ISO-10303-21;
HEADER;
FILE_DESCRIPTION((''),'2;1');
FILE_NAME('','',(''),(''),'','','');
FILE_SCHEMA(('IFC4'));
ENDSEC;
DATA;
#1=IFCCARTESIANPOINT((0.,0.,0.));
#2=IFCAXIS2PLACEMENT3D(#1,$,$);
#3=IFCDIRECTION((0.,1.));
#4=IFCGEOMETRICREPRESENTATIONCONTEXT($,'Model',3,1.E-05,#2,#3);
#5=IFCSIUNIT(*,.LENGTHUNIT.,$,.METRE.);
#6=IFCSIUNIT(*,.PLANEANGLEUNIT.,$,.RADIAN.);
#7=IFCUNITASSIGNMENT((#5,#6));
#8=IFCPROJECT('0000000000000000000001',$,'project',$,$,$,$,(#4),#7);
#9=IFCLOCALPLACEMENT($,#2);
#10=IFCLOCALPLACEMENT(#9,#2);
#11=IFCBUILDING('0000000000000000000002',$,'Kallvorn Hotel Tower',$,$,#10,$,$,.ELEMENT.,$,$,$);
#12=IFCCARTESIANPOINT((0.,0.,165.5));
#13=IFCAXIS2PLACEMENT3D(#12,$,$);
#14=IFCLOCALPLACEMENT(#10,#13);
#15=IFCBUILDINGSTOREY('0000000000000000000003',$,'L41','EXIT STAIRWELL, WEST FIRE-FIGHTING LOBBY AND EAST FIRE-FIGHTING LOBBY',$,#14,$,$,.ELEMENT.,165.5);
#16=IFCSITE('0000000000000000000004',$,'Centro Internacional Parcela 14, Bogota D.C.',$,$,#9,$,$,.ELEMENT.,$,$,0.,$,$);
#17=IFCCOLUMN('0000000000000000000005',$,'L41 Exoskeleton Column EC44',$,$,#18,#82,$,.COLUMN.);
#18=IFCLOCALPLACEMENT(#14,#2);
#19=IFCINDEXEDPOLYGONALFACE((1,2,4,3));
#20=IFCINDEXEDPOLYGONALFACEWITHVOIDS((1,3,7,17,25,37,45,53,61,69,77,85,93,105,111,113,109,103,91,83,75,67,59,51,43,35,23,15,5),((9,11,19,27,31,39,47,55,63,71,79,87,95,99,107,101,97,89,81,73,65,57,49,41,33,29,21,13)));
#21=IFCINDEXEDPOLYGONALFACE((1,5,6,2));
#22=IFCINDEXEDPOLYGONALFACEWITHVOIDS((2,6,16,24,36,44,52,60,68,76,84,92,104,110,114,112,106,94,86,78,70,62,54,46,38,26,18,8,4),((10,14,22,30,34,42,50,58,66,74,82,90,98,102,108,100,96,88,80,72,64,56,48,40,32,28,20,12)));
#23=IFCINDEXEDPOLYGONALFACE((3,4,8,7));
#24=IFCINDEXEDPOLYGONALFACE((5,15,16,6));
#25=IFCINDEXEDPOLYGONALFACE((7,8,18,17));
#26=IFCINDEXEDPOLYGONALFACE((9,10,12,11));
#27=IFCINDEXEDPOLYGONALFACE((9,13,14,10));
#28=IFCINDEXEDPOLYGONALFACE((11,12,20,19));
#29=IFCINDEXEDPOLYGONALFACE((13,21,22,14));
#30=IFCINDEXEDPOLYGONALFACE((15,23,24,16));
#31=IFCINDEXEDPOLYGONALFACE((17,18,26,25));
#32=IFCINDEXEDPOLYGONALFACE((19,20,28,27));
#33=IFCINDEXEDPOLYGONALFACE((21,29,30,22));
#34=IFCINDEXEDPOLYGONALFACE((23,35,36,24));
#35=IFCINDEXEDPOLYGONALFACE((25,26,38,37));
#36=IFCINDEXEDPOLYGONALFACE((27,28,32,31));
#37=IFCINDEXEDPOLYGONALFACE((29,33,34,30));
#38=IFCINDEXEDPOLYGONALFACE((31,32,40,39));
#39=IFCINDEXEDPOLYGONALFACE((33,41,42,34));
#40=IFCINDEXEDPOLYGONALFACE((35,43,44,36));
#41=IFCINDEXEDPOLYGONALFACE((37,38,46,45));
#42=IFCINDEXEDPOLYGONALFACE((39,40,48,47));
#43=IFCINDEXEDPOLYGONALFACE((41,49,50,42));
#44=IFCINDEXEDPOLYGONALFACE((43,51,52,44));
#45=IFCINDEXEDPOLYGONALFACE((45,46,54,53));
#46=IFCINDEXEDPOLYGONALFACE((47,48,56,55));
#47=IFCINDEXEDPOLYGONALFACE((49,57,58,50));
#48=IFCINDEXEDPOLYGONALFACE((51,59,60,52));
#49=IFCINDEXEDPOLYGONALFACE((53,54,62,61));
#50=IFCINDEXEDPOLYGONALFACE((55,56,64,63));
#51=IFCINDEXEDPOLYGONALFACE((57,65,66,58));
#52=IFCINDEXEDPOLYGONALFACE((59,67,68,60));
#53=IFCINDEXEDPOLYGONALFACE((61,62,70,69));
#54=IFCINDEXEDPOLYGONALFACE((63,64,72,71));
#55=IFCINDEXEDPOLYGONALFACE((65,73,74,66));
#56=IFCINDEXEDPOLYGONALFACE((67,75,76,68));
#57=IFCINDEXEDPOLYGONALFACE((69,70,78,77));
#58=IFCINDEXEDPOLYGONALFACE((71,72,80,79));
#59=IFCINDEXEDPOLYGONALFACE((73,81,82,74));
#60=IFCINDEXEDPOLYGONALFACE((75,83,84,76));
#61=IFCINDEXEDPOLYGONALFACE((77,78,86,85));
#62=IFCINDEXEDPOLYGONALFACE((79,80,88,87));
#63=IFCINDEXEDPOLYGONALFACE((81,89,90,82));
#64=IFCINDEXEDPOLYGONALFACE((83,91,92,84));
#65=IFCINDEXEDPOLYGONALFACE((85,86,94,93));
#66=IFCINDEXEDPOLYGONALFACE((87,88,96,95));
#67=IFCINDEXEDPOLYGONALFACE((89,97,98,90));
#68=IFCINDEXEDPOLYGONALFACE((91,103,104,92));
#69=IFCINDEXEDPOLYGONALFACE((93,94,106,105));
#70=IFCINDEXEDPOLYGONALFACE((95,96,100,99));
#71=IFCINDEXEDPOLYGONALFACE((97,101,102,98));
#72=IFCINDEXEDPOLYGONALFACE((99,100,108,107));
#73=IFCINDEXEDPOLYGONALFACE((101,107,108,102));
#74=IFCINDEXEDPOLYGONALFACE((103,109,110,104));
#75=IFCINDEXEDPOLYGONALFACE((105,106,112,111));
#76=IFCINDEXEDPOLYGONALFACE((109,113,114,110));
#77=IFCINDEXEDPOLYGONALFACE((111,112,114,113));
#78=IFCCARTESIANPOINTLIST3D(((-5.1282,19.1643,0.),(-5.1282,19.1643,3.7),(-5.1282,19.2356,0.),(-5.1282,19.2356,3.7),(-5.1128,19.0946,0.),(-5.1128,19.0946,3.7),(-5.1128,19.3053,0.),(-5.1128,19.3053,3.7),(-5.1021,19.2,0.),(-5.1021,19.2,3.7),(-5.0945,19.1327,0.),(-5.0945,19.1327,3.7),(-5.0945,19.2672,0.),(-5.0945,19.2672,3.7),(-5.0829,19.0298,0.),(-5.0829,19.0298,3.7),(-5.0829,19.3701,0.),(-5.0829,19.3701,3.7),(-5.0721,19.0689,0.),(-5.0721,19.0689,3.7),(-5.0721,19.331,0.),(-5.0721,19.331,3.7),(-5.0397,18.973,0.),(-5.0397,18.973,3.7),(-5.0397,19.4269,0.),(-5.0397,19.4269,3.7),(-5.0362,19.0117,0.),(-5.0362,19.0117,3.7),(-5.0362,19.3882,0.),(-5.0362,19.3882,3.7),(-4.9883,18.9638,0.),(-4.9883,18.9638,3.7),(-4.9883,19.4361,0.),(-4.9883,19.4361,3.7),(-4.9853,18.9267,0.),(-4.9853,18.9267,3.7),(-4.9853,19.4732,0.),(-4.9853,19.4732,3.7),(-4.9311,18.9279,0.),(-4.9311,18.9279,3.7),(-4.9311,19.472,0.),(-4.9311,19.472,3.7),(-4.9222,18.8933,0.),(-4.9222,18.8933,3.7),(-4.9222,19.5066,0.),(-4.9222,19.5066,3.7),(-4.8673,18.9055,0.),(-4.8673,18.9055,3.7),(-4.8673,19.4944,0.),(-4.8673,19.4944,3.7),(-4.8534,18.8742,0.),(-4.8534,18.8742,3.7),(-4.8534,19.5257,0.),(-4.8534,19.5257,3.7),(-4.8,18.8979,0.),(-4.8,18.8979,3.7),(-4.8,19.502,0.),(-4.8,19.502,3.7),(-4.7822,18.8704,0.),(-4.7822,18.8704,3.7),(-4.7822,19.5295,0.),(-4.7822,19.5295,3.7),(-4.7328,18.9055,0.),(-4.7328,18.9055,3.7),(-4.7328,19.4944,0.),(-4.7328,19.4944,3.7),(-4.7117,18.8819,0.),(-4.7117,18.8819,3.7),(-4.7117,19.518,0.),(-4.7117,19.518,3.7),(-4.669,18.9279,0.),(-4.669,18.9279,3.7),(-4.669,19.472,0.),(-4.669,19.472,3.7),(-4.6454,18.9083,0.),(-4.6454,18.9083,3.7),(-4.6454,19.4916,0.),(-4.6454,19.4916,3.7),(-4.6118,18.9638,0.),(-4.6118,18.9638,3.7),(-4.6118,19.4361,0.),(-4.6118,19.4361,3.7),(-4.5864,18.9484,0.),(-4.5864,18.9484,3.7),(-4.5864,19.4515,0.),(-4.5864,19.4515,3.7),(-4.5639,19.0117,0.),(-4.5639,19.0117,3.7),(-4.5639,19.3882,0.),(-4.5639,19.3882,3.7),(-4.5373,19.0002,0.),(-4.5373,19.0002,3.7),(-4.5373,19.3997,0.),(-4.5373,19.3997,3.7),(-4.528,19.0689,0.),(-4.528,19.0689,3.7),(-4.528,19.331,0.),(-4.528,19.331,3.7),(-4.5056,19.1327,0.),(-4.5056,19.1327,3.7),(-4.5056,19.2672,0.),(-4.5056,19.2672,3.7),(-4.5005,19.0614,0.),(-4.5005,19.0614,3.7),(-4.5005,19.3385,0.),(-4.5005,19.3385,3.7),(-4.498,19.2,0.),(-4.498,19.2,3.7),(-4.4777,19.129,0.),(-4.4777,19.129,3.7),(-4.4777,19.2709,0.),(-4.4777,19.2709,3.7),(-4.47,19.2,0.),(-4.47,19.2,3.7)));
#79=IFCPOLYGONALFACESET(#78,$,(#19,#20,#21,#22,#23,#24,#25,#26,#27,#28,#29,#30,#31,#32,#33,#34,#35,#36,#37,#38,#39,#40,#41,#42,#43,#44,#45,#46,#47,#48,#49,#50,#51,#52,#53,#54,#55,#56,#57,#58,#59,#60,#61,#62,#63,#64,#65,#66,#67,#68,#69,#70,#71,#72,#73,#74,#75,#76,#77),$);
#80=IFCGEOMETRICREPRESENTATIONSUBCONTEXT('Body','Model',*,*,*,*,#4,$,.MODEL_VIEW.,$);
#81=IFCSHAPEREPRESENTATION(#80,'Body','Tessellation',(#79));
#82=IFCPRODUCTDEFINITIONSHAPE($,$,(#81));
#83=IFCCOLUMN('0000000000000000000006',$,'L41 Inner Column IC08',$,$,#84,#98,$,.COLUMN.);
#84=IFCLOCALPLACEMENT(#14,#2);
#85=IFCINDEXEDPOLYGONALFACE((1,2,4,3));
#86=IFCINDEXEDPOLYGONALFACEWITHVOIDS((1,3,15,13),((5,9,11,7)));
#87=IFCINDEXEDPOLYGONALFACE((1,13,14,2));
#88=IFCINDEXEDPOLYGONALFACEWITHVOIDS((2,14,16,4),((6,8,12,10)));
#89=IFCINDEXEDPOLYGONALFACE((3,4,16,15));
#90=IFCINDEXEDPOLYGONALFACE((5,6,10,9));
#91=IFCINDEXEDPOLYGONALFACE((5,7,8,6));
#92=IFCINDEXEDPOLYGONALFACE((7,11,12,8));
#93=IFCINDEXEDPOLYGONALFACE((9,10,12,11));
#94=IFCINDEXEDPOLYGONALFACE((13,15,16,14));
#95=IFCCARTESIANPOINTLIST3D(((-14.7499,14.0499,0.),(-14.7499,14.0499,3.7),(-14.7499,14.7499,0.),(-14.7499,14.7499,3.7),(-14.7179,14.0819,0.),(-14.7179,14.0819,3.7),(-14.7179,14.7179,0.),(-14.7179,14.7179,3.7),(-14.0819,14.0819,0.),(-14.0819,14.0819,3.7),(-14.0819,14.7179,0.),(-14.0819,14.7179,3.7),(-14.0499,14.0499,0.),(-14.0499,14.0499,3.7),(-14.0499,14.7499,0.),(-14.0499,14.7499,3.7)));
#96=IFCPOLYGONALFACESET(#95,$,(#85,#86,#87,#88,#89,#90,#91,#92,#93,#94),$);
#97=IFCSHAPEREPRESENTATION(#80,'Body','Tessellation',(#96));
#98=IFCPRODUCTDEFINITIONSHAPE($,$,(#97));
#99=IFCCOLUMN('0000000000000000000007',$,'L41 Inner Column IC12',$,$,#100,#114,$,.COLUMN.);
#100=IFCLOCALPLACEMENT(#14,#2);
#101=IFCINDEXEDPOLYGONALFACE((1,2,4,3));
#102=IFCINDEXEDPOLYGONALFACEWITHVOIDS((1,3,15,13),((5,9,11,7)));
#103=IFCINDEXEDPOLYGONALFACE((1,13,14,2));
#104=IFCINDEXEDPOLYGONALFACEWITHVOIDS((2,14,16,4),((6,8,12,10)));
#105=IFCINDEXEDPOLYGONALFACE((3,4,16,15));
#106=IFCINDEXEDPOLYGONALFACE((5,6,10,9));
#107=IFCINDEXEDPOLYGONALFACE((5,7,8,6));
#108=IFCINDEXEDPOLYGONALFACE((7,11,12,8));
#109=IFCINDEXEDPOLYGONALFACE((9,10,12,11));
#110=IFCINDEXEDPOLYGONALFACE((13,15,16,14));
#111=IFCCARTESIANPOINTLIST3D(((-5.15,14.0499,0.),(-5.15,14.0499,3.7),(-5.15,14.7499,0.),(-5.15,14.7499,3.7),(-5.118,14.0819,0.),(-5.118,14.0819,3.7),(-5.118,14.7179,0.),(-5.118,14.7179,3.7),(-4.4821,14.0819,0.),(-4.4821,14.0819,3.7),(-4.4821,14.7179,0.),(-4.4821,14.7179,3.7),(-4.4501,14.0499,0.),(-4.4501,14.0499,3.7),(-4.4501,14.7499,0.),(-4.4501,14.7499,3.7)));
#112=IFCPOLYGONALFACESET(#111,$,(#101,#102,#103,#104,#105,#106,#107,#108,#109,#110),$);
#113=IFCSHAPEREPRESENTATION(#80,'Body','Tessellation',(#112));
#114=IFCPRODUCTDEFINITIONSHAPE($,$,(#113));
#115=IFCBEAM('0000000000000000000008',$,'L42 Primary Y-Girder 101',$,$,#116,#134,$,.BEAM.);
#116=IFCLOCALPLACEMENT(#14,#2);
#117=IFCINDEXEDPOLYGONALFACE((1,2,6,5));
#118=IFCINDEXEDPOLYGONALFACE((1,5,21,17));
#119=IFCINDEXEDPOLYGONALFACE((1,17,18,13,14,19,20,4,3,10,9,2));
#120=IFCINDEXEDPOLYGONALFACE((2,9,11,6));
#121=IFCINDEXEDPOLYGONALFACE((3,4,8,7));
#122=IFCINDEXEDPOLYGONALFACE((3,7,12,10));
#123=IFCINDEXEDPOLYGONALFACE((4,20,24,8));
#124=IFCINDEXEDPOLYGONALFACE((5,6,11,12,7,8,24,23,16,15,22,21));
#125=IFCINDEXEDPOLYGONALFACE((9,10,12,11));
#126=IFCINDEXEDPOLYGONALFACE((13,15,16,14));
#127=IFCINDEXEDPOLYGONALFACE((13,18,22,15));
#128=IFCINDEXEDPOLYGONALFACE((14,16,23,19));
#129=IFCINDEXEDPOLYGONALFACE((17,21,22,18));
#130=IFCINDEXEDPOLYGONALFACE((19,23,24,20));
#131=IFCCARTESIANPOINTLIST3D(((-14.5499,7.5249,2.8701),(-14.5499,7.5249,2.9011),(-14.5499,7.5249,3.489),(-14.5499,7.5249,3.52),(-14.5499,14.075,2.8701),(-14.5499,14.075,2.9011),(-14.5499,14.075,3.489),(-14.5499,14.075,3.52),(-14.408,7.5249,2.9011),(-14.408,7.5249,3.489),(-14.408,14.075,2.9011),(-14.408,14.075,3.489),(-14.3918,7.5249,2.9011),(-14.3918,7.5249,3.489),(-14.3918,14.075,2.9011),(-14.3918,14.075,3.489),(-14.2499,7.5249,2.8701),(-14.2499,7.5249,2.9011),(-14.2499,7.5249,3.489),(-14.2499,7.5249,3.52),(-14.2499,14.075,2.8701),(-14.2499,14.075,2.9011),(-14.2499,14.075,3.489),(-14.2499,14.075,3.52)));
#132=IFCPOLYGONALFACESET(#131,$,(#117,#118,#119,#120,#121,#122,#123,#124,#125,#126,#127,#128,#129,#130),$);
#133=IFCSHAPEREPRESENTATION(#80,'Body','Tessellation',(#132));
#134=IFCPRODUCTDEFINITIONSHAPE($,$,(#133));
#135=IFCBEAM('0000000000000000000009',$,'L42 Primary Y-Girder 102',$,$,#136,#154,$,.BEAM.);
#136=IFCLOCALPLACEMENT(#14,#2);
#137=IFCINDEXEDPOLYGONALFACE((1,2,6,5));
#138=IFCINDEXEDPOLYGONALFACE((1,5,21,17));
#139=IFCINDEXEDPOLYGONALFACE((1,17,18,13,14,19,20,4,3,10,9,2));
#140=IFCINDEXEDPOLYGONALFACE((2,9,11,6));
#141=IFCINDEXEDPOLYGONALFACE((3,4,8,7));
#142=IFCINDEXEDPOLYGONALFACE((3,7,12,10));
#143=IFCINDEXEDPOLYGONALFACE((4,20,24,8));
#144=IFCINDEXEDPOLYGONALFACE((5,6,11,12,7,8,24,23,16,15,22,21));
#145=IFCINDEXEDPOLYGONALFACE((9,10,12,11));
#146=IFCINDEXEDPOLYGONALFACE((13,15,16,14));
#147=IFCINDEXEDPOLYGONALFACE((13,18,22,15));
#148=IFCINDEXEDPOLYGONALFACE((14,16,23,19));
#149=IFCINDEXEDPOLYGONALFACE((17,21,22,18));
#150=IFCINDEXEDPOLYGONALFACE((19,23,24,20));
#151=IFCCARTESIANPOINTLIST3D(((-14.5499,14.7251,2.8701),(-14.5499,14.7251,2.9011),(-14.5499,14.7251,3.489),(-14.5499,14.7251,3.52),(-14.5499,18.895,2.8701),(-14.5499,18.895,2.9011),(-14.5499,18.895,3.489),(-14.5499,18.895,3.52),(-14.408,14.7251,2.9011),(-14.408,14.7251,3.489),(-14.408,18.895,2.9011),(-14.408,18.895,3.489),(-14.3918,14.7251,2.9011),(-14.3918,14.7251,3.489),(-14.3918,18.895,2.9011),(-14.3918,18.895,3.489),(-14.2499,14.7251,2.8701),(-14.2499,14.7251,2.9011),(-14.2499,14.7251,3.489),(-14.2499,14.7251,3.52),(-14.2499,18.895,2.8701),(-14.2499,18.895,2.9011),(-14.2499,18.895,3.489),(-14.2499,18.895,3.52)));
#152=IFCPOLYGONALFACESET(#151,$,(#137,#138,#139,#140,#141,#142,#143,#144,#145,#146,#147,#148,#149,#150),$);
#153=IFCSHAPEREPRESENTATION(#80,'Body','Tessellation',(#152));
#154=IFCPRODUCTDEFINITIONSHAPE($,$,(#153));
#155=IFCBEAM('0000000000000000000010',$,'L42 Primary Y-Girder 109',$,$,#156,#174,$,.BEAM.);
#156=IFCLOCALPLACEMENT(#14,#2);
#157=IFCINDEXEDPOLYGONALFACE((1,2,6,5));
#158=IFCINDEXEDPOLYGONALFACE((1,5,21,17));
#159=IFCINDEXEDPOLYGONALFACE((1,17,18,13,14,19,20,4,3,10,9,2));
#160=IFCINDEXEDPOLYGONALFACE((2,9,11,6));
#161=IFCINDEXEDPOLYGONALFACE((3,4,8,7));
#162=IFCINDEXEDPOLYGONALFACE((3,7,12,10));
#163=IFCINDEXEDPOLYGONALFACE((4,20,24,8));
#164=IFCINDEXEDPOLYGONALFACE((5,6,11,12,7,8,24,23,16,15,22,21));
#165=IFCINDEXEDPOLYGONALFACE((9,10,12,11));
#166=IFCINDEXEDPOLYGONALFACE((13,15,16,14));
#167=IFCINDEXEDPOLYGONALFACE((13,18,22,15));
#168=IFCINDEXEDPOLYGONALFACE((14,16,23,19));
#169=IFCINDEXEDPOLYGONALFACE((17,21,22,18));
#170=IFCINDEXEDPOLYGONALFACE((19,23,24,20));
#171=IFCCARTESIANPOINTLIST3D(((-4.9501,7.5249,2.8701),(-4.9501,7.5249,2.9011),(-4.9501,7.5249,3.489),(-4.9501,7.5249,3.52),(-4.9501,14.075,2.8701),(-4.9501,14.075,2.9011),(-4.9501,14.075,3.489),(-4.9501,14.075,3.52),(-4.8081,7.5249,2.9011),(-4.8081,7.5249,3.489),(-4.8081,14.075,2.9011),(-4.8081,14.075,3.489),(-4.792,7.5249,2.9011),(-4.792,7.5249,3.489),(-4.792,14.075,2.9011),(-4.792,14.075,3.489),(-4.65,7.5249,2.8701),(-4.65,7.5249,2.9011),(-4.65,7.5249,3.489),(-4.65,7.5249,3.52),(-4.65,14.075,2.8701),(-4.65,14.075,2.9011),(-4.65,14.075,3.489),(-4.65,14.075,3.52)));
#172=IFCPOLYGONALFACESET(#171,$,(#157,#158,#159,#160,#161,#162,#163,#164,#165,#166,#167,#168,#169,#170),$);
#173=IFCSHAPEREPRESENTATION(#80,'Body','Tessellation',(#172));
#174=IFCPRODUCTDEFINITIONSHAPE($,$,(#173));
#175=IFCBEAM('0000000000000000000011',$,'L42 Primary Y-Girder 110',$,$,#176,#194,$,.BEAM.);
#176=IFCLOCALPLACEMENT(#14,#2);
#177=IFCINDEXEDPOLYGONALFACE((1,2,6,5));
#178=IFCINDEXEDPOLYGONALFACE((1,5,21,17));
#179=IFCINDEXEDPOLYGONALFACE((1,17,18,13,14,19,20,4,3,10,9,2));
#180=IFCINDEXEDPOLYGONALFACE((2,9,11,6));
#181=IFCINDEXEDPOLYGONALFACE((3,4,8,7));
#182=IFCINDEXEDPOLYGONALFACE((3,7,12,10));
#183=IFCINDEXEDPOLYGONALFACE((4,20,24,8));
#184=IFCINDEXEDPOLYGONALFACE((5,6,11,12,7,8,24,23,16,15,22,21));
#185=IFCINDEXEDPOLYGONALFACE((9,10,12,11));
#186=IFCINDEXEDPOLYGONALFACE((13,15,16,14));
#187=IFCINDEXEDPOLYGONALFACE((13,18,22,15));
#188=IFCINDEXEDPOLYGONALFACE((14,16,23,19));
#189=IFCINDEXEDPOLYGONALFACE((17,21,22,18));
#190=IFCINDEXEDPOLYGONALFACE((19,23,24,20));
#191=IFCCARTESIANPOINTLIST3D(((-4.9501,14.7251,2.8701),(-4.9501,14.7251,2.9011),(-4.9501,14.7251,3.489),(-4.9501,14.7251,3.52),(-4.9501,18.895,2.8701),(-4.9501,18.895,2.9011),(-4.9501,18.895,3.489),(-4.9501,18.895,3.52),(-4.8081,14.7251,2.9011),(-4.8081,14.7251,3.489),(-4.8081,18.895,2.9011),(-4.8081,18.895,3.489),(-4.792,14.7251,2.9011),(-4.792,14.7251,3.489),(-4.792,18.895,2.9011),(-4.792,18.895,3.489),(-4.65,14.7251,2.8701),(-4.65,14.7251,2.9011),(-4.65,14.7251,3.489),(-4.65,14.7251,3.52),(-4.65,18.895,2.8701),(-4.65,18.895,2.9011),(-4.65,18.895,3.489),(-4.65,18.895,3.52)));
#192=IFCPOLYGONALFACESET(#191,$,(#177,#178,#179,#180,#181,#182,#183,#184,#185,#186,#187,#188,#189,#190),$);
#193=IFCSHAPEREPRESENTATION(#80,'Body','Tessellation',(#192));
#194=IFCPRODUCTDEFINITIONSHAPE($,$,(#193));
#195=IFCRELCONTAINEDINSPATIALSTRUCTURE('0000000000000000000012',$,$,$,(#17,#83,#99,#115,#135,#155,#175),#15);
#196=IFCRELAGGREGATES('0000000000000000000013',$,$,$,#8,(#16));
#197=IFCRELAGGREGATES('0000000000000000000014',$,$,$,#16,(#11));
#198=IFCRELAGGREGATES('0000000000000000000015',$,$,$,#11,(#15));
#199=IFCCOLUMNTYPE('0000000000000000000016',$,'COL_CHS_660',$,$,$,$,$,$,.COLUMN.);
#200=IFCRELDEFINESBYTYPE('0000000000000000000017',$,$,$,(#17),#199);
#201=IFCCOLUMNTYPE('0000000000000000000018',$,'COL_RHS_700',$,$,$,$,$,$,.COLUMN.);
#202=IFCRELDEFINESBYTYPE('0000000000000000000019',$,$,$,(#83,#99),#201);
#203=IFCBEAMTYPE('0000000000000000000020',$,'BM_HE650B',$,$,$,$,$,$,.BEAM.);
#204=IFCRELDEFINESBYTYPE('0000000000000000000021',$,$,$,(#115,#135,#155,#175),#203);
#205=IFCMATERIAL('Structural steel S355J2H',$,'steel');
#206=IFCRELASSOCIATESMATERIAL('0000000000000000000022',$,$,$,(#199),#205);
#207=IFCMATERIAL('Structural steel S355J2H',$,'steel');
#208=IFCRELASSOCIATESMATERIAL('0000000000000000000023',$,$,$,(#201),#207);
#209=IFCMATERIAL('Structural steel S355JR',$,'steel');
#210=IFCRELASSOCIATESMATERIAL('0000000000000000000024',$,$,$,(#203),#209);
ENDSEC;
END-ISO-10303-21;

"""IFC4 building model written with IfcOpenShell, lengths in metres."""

from ifc_helpers import new_model, si_unit, direction, frame, origin, origin_2d, place, context, subcontext, project, spatial, hollow_rectangle, hollow_circle, i_section, extrude, material, material_profile, profile_set, type_object, element, save


model = new_model("IFC4")

# Units and contexts
model_context = context("Model", 3, precision=1e-05, world=origin(), true_north=direction((0.0, 1.0)))
body_context = subcontext(model_context, "Body", "Model", "MODEL_VIEW")
ifc_project = project(units=[si_unit("LENGTHUNIT", "METRE"), si_unit("PLANEANGLEUNIT", "RADIAN")], contexts=[model_context])

# Site, building, storey
site_placement = place(None, origin())
site = spatial("IfcSite", under=ifc_project, at=site_placement, Name="Centro Internacional Parcela 14, Bogota D.C.", CompositionType="ELEMENT", RefElevation=0.0)
building_placement = place(site_placement, origin())
building = spatial("IfcBuilding", under=site, at=building_placement, Name="Kallvorn Hotel Tower", CompositionType="ELEMENT")
storey_placement = place(building_placement, frame((0.0, 0.0, 165.5)))
storey = spatial("IfcBuildingStorey", under=building, at=storey_placement, Name="L41", Description="EXIT STAIRWELL, WEST FIRE-FIGHTING LOBBY AND EAST FIRE-FIGHTING LOBBY", CompositionType="ELEMENT", Elevation=165.5)

# Columns
ifc_material_1 = material(Name="Structural steel S355J2H", Category="steel")
ifc_material_profile_1 = material_profile(ifc_material_1, hollow_circle(Radius=0.3301, WallThickness=0.0281, at=origin_2d()), Name="CHS 660x28")
ifc_profile_set_1 = profile_set([ifc_material_profile_1], Name="Structural steel S355J2H")
column_type_1 = type_object("IfcColumnType", Name="COL_CHS_660", PredefinedType="COLUMN", material=ifc_profile_set_1)
for number, where, z_axis, x_axis, name in (
    (1, (-4.8, 19.2, 0.0), (0.0, 0.0, 1.0), (1.0, 0.0, 0.0), "L41 Exoskeleton Column EC44"),
):
    element("IfcColumn", number, at=place(storey_placement, frame(where, z_axis=z_axis, x_axis=x_axis)), inside=storey, type_object=column_type_1, Name=name, PredefinedType="COLUMN", context=body_context, shape_type="SweptSolid", body=[
        extrude(hollow_circle(Radius=0.3301, WallThickness=0.0281, at=origin_2d()), origin(), (0.0, 0.0, 1.0), 3.7),
    ])
ifc_material_2 = material(Name="Structural steel S355J2H", Category="steel")
ifc_material_profile_2 = material_profile(ifc_material_2, hollow_rectangle(XDim=0.7, YDim=0.7, WallThickness=0.032, at=origin_2d()), Name="RHS 700x700x32")
ifc_profile_set_2 = profile_set([ifc_material_profile_2], Name="Structural steel S355J2H")
column_type_2 = type_object("IfcColumnType", Name="COL_RHS_700", PredefinedType="COLUMN", material=ifc_profile_set_2)
for number, where, z_axis, x_axis, name in (
    (2, (-14.3999, 14.3999, 0.0), (0.0, 0.0, 1.0), (1.0, 0.0, 0.0), "L41 Inner Column IC08"),
    (3, (-4.8, 14.3999, 0.0), (0.0, 0.0, 1.0), (1.0, 0.0, 0.0), "L41 Inner Column IC12"),
):
    element("IfcColumn", number, at=place(storey_placement, frame(where, z_axis=z_axis, x_axis=x_axis)), inside=storey, type_object=column_type_2, Name=name, PredefinedType="COLUMN", context=body_context, shape_type="SweptSolid", body=[
        extrude(hollow_rectangle(XDim=0.7, YDim=0.7, WallThickness=0.032, at=origin_2d()), origin(), (0.0, 0.0, 1.0), 3.7),
    ])

# Beams
ifc_material_3 = material(Name="Structural steel S355JR", Category="steel")
ifc_material_profile_3 = material_profile(ifc_material_3, i_section(OverallWidth=0.3, OverallDepth=0.6499, WebThickness=0.0161, FlangeThickness=0.031, at=origin_2d()), Name="HE 650 B")
ifc_profile_set_3 = profile_set([ifc_material_profile_3], Name="Structural steel S355JR")
beam_type_1 = type_object("IfcBeamType", Name="BM_HE650B", PredefinedType="BEAM", material=ifc_profile_set_3)
beam_1_placement = place(storey_placement, frame((-14.3999, 7.5249, 3.1951), z_axis=(0.0, 1.0, 0.0), x_axis=(-1.0, 0.0, 0.0)))
element("IfcBeam", 4, at=beam_1_placement, inside=storey, type_object=beam_type_1, Name="L42 Primary Y-Girder 101", PredefinedType="BEAM", context=body_context, shape_type="SweptSolid", body=[
    extrude(i_section(OverallWidth=0.3, OverallDepth=0.6499, WebThickness=0.0161, FlangeThickness=0.031, at=origin_2d()), origin(), (0.0, 0.0, 1.0), 6.55),
])
beam_2_placement = place(storey_placement, frame((-14.3999, 14.7251, 3.1951), z_axis=(0.0, 1.0, 0.0), x_axis=(-1.0, 0.0, 0.0)))
element("IfcBeam", 5, at=beam_2_placement, inside=storey, type_object=beam_type_1, Name="L42 Primary Y-Girder 102", PredefinedType="BEAM", context=body_context, shape_type="SweptSolid", body=[
    extrude(i_section(OverallWidth=0.3, OverallDepth=0.6499, WebThickness=0.0161, FlangeThickness=0.031, at=origin_2d()), origin(), (0.0, 0.0, 1.0), 4.1699),
])
beam_3_placement = place(storey_placement, frame((-4.8, 7.5249, 3.1951), z_axis=(0.0, 1.0, 0.0), x_axis=(-1.0, 0.0, 0.0)))
element("IfcBeam", 6, at=beam_3_placement, inside=storey, type_object=beam_type_1, Name="L42 Primary Y-Girder 109", PredefinedType="BEAM", context=body_context, shape_type="SweptSolid", body=[
    extrude(i_section(OverallWidth=0.3, OverallDepth=0.6499, WebThickness=0.0161, FlangeThickness=0.031, at=origin_2d()), origin(), (0.0, 0.0, 1.0), 6.55),
])
beam_4_placement = place(storey_placement, frame((-4.8, 14.7251, 3.1951), z_axis=(0.0, 1.0, 0.0), x_axis=(-1.0, 0.0, 0.0)))
element("IfcBeam", 7, at=beam_4_placement, inside=storey, type_object=beam_type_1, Name="L42 Primary Y-Girder 110", PredefinedType="BEAM", context=body_context, shape_type="SweptSolid", body=[
    extrude(i_section(OverallWidth=0.3, OverallDepth=0.6499, WebThickness=0.0161, FlangeThickness=0.031, at=origin_2d()), origin(), (0.0, 0.0, 1.0), 4.1699),
])

save(model, "model.ifc")
